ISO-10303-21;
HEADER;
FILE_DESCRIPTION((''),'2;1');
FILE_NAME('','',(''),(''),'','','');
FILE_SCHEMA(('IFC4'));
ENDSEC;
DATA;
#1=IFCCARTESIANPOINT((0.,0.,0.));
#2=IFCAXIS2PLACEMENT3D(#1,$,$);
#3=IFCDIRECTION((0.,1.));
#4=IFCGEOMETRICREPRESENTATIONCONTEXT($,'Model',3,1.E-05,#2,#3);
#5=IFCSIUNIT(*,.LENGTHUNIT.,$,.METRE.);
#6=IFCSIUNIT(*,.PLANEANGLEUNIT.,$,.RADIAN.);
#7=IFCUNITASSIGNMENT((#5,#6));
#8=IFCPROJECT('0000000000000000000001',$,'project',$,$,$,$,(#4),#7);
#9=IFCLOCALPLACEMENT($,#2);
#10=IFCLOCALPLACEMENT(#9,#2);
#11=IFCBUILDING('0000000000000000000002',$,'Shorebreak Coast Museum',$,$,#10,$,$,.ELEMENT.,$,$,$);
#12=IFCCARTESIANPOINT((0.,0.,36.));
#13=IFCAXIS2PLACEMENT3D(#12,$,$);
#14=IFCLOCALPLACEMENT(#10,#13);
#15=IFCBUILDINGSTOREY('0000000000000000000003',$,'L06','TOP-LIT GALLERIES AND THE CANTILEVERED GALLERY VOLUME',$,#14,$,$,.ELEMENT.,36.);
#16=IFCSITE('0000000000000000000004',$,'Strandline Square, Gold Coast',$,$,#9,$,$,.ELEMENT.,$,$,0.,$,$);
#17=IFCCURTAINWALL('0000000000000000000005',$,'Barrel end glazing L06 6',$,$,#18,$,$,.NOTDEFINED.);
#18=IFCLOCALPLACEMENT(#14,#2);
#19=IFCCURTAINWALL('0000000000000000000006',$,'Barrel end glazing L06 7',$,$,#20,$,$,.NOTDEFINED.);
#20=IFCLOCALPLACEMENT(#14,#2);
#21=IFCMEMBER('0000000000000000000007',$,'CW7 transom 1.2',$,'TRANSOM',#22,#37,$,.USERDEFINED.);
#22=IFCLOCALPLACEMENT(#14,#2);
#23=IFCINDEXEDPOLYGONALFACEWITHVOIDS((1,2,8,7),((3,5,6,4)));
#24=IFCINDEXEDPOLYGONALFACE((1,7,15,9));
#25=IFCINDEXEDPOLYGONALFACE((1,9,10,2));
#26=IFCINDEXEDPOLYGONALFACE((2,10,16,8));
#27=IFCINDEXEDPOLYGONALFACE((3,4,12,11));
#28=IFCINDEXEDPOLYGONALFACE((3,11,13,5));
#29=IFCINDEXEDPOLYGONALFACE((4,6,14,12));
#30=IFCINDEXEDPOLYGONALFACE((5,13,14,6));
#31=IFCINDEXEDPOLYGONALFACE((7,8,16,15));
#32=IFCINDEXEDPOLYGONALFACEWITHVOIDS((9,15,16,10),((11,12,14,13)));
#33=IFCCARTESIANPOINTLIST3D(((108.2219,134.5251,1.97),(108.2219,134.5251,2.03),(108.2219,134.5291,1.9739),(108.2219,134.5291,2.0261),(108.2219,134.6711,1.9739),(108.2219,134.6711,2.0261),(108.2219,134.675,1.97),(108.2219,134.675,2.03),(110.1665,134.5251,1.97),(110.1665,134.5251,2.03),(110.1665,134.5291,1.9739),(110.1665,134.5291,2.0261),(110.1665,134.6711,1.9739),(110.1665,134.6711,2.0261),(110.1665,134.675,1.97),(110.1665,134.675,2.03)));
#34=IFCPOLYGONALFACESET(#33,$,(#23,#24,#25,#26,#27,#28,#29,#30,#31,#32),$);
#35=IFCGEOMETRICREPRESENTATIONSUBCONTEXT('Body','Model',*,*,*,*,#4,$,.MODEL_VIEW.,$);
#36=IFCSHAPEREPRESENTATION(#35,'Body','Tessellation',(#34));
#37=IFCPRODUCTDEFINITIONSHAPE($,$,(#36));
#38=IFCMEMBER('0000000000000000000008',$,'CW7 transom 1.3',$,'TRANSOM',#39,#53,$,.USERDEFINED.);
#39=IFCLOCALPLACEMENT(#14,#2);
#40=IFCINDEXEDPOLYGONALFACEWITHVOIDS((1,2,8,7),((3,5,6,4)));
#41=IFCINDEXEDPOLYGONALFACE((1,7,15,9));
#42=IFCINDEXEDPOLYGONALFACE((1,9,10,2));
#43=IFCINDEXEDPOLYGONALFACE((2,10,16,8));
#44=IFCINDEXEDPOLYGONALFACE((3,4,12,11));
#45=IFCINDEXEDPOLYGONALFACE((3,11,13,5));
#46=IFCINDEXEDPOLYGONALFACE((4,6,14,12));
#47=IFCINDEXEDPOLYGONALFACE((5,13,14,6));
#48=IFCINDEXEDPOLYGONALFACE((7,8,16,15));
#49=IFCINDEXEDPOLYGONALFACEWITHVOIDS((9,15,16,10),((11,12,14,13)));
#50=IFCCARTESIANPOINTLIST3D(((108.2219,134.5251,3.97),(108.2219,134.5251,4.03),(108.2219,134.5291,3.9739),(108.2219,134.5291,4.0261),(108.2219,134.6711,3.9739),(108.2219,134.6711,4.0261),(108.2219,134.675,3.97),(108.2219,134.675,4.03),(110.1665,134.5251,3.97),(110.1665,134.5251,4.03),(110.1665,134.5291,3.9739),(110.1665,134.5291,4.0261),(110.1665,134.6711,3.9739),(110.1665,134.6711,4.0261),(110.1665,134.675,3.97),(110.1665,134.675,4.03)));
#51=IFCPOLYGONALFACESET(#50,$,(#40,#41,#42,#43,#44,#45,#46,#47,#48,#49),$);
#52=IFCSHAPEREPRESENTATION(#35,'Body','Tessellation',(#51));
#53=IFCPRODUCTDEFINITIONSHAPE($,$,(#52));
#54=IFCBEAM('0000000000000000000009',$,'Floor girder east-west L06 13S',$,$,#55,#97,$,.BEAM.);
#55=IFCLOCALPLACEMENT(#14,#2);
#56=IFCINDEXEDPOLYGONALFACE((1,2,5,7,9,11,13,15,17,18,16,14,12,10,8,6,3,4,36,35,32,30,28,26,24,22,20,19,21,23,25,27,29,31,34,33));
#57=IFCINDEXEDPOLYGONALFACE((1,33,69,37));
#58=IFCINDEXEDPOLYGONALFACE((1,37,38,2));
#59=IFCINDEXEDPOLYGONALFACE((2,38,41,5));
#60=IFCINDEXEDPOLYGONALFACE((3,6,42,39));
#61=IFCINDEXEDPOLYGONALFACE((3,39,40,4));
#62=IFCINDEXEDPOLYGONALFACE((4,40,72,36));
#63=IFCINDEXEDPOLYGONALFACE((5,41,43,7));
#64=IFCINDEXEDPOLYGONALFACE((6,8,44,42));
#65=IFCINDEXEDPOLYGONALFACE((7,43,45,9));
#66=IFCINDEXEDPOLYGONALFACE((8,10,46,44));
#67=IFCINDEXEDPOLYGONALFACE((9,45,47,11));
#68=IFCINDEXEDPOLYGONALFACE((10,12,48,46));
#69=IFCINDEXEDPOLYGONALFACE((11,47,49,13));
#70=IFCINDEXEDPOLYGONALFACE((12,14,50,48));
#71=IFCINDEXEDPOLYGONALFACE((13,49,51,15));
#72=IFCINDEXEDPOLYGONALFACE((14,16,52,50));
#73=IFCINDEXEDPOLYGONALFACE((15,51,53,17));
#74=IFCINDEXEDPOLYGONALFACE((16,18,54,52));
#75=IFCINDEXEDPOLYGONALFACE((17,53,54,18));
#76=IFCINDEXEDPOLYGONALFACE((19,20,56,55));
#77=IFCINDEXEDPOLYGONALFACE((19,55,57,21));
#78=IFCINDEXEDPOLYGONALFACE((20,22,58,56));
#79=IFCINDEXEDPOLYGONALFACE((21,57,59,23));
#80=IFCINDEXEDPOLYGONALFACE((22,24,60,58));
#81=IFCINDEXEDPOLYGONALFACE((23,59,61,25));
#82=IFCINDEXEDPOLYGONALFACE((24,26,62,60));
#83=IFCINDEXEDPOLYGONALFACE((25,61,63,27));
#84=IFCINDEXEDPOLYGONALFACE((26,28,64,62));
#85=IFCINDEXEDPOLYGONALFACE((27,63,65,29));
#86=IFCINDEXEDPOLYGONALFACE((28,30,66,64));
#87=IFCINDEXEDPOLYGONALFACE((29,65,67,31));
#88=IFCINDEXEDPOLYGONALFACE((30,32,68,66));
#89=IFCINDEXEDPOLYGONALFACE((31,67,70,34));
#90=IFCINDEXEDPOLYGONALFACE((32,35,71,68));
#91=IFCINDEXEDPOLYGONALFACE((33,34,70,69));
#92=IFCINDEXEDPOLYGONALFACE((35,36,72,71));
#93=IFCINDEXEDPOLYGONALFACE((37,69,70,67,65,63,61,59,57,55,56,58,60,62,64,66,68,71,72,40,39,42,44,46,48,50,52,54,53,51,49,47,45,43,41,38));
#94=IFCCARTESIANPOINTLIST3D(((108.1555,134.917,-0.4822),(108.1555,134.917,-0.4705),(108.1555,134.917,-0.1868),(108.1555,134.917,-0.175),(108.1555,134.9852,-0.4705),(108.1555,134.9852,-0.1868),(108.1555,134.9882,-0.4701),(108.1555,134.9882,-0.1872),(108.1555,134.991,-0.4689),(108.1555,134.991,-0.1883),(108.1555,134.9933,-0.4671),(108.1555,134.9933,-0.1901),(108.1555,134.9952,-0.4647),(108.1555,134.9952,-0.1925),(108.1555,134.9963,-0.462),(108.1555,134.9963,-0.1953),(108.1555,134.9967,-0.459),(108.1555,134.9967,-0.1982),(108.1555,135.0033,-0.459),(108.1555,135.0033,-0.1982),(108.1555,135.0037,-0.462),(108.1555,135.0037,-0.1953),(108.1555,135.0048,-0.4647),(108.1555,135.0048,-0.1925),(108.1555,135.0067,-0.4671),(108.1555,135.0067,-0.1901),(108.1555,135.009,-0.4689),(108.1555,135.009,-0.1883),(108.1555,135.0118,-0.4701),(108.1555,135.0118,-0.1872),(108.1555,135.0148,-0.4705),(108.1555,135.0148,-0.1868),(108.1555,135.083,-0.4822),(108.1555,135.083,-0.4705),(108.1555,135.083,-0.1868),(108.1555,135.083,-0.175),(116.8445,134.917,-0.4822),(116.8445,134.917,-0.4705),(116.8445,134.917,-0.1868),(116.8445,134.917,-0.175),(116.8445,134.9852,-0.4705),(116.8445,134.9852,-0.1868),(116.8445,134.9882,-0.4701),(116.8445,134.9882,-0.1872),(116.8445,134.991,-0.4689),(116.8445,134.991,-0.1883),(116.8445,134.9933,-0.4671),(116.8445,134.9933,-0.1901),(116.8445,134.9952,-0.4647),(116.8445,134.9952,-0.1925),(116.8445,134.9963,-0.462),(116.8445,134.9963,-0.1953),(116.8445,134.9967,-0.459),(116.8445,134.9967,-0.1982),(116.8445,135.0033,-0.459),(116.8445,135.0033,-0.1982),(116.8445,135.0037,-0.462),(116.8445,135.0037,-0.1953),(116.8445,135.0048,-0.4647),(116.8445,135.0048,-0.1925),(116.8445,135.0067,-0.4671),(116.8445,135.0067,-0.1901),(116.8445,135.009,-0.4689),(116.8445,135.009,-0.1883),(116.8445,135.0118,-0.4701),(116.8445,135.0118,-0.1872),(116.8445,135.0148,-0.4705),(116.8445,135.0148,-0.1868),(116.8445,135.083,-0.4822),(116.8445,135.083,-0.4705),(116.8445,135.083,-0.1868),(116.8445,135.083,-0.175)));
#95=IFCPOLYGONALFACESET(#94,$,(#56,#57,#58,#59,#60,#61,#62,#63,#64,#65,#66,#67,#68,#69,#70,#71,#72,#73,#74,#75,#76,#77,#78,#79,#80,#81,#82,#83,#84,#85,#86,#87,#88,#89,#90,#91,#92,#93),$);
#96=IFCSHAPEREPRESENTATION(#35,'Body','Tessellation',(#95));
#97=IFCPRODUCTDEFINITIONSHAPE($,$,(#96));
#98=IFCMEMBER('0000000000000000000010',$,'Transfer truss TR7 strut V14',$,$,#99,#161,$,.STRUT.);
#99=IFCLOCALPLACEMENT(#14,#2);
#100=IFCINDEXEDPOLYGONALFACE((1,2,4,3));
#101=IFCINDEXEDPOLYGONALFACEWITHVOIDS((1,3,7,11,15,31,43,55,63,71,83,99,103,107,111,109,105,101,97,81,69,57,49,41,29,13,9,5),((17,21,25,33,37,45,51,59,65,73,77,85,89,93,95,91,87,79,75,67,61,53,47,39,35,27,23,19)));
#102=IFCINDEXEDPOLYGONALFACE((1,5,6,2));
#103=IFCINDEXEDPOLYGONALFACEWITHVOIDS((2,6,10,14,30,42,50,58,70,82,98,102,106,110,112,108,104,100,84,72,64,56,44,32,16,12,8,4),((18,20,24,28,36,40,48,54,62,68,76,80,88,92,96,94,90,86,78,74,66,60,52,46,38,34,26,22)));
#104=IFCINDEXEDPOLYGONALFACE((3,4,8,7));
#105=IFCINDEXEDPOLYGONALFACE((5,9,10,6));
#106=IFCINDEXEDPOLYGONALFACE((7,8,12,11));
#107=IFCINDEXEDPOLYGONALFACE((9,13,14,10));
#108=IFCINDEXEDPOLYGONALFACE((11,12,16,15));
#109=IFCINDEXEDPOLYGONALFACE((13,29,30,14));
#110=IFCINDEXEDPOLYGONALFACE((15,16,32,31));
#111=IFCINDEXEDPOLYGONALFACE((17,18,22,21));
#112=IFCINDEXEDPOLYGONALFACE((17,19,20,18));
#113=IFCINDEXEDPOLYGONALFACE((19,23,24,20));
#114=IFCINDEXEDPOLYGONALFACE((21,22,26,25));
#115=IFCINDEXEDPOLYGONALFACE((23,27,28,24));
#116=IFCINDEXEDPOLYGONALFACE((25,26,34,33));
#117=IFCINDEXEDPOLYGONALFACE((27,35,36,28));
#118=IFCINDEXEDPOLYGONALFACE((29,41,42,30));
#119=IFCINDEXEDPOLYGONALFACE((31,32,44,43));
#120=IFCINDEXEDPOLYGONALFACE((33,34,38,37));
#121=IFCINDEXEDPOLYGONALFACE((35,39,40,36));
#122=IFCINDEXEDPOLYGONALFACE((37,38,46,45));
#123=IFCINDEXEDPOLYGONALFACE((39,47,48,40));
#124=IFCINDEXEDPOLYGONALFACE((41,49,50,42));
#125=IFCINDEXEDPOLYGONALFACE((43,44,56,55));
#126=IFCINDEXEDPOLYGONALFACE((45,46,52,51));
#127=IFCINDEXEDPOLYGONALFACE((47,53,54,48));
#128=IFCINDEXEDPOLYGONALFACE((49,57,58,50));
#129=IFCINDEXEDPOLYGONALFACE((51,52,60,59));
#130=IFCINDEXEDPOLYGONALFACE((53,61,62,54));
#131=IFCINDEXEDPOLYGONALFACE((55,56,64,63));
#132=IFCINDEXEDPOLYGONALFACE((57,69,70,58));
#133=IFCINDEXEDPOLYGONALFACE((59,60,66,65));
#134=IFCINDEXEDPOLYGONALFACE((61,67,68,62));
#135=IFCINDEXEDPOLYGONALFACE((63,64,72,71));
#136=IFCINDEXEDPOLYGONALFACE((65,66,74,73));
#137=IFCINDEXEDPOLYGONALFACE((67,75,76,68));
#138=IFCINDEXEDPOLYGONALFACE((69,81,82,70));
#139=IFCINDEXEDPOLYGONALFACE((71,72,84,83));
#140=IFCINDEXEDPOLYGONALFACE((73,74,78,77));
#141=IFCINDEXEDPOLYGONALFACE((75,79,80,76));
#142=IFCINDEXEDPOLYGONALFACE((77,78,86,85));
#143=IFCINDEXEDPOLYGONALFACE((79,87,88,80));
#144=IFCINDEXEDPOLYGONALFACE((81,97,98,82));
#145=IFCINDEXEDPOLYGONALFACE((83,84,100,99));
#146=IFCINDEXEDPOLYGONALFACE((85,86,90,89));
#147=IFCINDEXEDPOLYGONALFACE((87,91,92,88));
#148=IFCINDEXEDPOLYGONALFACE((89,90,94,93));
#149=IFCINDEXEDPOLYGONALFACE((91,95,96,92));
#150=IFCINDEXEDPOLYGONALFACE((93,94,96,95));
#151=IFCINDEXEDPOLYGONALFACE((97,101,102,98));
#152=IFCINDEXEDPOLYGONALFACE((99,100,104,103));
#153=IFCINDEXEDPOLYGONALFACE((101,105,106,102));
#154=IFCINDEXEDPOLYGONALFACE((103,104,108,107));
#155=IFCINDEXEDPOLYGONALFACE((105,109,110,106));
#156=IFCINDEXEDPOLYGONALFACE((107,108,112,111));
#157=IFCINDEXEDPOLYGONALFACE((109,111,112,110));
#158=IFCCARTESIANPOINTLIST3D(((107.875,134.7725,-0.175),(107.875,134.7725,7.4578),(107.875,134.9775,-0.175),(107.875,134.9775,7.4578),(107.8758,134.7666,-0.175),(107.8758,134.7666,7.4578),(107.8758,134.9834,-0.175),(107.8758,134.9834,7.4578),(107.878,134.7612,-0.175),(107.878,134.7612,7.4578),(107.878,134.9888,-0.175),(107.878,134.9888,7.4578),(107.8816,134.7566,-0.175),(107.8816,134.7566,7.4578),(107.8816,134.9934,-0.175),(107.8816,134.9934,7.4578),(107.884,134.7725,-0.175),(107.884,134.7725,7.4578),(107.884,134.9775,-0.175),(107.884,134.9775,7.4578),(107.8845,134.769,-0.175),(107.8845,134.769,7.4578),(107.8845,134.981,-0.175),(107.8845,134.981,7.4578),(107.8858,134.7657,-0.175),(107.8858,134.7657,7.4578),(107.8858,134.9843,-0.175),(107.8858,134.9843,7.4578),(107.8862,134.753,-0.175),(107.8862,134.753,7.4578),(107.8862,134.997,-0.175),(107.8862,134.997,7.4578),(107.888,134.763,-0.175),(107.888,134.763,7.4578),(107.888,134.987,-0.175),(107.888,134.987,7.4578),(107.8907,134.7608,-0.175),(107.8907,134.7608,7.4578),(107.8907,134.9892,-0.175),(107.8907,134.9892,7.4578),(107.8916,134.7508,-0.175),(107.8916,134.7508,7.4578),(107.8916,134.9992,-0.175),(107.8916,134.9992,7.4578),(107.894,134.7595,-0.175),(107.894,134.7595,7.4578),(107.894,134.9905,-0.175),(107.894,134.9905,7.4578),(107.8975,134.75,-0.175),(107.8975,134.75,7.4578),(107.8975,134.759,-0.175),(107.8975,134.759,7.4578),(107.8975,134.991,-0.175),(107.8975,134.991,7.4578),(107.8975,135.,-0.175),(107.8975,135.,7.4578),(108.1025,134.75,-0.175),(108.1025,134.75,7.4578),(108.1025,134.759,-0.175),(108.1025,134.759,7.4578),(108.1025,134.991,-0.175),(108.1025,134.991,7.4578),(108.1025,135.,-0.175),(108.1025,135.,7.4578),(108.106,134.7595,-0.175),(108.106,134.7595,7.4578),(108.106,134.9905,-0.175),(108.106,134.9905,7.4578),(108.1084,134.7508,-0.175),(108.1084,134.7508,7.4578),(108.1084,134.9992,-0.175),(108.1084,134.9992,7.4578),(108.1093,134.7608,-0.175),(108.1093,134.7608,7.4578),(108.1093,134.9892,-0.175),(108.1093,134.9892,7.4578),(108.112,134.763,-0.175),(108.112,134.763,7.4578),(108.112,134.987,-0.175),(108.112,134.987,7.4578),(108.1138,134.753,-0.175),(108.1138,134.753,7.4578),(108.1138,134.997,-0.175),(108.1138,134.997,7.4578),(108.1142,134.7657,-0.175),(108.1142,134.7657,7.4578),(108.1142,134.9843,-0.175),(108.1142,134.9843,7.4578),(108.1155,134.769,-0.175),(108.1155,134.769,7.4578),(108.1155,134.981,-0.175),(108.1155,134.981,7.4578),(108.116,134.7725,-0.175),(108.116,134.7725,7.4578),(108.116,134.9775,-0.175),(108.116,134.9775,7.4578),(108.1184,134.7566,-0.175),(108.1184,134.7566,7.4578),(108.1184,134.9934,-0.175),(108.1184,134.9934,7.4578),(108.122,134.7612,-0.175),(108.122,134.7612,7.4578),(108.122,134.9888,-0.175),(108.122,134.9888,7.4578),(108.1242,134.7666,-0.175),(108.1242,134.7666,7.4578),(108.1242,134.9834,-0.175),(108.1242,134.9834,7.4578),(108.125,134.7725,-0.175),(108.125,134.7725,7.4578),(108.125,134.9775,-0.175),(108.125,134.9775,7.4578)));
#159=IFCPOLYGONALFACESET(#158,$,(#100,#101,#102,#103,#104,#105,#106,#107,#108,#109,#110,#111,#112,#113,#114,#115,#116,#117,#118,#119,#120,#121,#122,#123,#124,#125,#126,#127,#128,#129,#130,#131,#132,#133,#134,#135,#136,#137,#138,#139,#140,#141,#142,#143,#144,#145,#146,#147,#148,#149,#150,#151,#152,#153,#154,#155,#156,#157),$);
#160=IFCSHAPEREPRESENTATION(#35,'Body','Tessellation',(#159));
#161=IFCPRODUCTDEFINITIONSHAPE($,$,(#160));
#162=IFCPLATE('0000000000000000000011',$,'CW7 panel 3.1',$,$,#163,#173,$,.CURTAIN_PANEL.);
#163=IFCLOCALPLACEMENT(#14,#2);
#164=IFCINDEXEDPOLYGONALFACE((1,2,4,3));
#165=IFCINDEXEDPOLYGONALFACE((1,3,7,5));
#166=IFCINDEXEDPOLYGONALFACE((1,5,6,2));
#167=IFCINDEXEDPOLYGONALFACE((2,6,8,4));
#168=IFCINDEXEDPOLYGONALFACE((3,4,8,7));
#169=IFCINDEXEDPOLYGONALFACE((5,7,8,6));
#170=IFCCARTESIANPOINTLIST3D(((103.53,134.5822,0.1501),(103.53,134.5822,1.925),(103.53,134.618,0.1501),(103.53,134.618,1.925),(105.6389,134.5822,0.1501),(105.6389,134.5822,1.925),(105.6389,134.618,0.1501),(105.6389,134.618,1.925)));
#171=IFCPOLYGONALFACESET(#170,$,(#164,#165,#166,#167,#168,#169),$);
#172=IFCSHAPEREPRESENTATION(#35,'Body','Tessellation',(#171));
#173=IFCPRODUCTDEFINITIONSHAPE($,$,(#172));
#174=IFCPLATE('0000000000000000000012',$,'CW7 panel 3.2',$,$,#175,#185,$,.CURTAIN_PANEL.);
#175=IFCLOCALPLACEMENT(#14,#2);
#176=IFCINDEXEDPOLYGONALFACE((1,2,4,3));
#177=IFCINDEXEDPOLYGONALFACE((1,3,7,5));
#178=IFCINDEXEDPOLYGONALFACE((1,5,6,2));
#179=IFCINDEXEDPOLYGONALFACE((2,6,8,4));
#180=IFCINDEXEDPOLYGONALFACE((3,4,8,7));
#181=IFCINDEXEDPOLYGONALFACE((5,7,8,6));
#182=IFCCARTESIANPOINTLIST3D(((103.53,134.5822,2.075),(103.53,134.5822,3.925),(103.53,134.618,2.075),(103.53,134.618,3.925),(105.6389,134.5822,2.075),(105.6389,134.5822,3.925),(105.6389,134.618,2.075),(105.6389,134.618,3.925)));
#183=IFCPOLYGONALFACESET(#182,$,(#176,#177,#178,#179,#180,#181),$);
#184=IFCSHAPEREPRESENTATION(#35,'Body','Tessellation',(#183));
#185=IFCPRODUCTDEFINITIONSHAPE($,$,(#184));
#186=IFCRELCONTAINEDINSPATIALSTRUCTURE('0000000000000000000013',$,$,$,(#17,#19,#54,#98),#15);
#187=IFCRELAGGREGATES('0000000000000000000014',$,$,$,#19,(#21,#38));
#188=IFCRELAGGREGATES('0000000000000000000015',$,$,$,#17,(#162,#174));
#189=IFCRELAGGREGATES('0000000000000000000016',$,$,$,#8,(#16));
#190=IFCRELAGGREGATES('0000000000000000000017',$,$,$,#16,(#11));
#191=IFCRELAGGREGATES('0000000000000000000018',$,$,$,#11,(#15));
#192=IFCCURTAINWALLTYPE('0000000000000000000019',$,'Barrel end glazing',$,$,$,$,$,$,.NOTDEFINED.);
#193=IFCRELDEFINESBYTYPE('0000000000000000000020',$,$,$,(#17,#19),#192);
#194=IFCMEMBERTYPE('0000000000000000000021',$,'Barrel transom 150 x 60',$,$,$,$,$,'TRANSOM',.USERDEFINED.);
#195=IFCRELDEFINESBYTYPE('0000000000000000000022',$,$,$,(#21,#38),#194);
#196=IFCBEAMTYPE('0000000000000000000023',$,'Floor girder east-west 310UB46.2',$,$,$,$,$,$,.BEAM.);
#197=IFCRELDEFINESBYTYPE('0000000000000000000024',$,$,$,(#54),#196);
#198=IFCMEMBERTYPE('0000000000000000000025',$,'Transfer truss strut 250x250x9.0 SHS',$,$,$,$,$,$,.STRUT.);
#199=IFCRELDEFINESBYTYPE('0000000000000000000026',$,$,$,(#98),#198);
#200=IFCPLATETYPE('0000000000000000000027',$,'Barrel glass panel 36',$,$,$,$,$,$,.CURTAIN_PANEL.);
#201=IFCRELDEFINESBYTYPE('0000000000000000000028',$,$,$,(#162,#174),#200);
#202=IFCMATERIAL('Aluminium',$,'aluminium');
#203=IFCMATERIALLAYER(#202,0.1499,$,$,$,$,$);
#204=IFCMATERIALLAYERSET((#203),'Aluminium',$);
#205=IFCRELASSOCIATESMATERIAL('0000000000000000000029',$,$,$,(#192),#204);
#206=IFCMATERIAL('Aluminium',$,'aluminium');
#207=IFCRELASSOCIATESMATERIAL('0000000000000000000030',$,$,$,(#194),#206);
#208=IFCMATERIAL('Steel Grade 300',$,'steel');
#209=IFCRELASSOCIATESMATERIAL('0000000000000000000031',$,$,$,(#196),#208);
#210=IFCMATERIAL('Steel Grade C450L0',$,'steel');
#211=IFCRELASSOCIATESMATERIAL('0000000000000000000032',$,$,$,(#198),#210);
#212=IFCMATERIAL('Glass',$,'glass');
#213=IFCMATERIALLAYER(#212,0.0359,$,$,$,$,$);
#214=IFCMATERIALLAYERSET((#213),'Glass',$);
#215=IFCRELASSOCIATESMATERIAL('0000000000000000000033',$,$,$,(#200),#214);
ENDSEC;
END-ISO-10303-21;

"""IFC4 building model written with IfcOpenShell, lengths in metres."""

from ifc_helpers import new_model, si_unit, direction, frame, origin, origin_2d, place, context, subcontext, project, spatial, rectangle, hollow_rectangle, i_section, extrude, material, layer, layer_set, material_profile, profile_set, type_object, element, aggregate, save


model = new_model("IFC4")

# Units and contexts
model_context = context("Model", 3, precision=1e-05, world=origin(), true_north=direction((0.0, 1.0)))
body_context = subcontext(model_context, "Body", "Model", "MODEL_VIEW")
ifc_project = project(units=[si_unit("LENGTHUNIT", "METRE"), si_unit("PLANEANGLEUNIT", "RADIAN")], contexts=[model_context])

# Site, building, storey
site_placement = place(None, origin())
site = spatial("IfcSite", under=ifc_project, at=site_placement, Name="Strandline Square, Gold Coast", CompositionType="ELEMENT", RefElevation=0.0)
building_placement = place(site_placement, origin())
building = spatial("IfcBuilding", under=site, at=building_placement, Name="Shorebreak Coast Museum", CompositionType="ELEMENT")
storey_placement = place(building_placement, frame((0.0, 0.0, 36.0)))
storey = spatial("IfcBuildingStorey", under=building, at=storey_placement, Name="L06", Description="TOP-LIT GALLERIES AND THE CANTILEVERED GALLERY VOLUME", CompositionType="ELEMENT", Elevation=36.0)

# Curtain wall
ifc_material_1 = material(Name="Aluminium", Category="aluminium")
ifc_layer_1 = layer(ifc_material_1, 0.1499)
ifc_layer_set_1 = layer_set([ifc_layer_1], Name="Aluminium")
curtain_wall_type = type_object("IfcCurtainWallType", Name="Barrel end glazing", PredefinedType="NOTDEFINED", material=ifc_layer_set_1)
curtain_wall_1_placement = place(storey_placement, origin())
curtain_wall_1 = element("IfcCurtainWall", 1, at=curtain_wall_1_placement, inside=storey, type_object=curtain_wall_type, Name="Barrel end glazing L06 6", PredefinedType="NOTDEFINED")

# Curtain wall
curtain_wall_2_placement = place(storey_placement, origin())
curtain_wall_2 = element("IfcCurtainWall", 2, at=curtain_wall_2_placement, inside=storey, type_object=curtain_wall_type, Name="Barrel end glazing L06 7", PredefinedType="NOTDEFINED")

# Members
ifc_material_2 = material(Name="Aluminium", Category="aluminium")
ifc_material_profile_1 = material_profile(ifc_material_2, hollow_rectangle(XDim=0.1499, YDim=0.0601, WallThickness=0.0039, at=origin_2d()), Name="AL 60x150 RHS")
ifc_profile_set_1 = profile_set([ifc_material_profile_1], Name="Aluminium")
member_type_1 = type_object("IfcMemberType", Name="Barrel transom 150 x 60", ElementType="TRANSOM", PredefinedType="USERDEFINED", material=ifc_profile_set_1)
member_1_placement = place(storey_placement, frame((108.2219, 134.6001, 2.0), z_axis=(1.0, 0.0, 0.0), x_axis=(0.0, 1.0, 0.0)))
member_1 = element("IfcMember", 3, at=member_1_placement, type_object=member_type_1, Name="CW7 transom 1.2", ObjectType="TRANSOM", PredefinedType="USERDEFINED", context=body_context, shape_type="SweptSolid", body=[
    extrude(hollow_rectangle(XDim=0.1499, YDim=0.0601, WallThickness=0.0039, at=origin_2d()), origin(), (0.0, 0.0, 1.0), 1.9446),
])
member_2_placement = place(storey_placement, frame((108.2219, 134.6001, 4.0), z_axis=(1.0, 0.0, 0.0), x_axis=(0.0, 1.0, 0.0)))
member_2 = element("IfcMember", 4, at=member_2_placement, type_object=member_type_1, Name="CW7 transom 1.3", ObjectType="TRANSOM", PredefinedType="USERDEFINED", context=body_context, shape_type="SweptSolid", body=[
    extrude(hollow_rectangle(XDim=0.1499, YDim=0.0601, WallThickness=0.0039, at=origin_2d()), origin(), (0.0, 0.0, 1.0), 1.9446),
])
aggregate(curtain_wall_2, [member_1, member_2])

# Beam
ifc_material_3 = material(Name="Steel Grade 300", Category="steel")
ifc_material_profile_2 = material_profile(ifc_material_3, i_section(OverallWidth=0.166, OverallDepth=0.3071, WebThickness=0.0066, FlangeThickness=0.0117, FilletRadius=0.0115, at=origin_2d()), Name="310UB46.2")
ifc_profile_set_2 = profile_set([ifc_material_profile_2], Name="Steel Grade 300")
beam_type = type_object("IfcBeamType", Name="Floor girder east-west 310UB46.2", PredefinedType="BEAM", material=ifc_profile_set_2)
beam_placement = place(storey_placement, frame((108.1555, 135.0, -0.3286), z_axis=(1.0, 0.0, 0.0), x_axis=(0.0, 1.0, 0.0)))
element("IfcBeam", 5, at=beam_placement, inside=storey, type_object=beam_type, Name="Floor girder east-west L06 13S", PredefinedType="BEAM", context=body_context, shape_type="SweptSolid", body=[
    extrude(i_section(OverallWidth=0.166, OverallDepth=0.3071, WebThickness=0.0066, FlangeThickness=0.0117, FilletRadius=0.0115, at=origin_2d()), origin(), (0.0, 0.0, 1.0), 8.689),
])

# Member
ifc_material_4 = material(Name="Steel Grade C450L0", Category="steel")
ifc_material_profile_3 = material_profile(ifc_material_4, hollow_rectangle(XDim=0.25, YDim=0.25, WallThickness=0.009, InnerFilletRadius=0.0134, OuterFilletRadius=0.0225, at=origin_2d()), Name="250x250x9.0 SHS")
ifc_profile_set_3 = profile_set([ifc_material_profile_3], Name="Steel Grade C450L0")
member_type_2 = type_object("IfcMemberType", Name="Transfer truss strut 250x250x9.0 SHS", PredefinedType="STRUT", material=ifc_profile_set_3)
member_3_placement = place(storey_placement, frame((108.0, 134.875, -0.175), z_axis=(0.0, 0.0, 1.0), x_axis=(1.0, 0.0, 0.0)))
element("IfcMember", 6, at=member_3_placement, inside=storey, type_object=member_type_2, Name="Transfer truss TR7 strut V14", PredefinedType="STRUT", context=body_context, shape_type="SweptSolid", body=[
    extrude(hollow_rectangle(XDim=0.25, YDim=0.25, WallThickness=0.009, InnerFilletRadius=0.0134, OuterFilletRadius=0.0225, at=origin_2d()), origin(), (0.0, 0.0, 1.0), 7.6328),
])

# Plates
ifc_material_5 = material(Name="Glass", Category="glass")
ifc_layer_2 = layer(ifc_material_5, 0.0359)
ifc_layer_set_2 = layer_set([ifc_layer_2], Name="Glass")
plate_type = type_object("IfcPlateType", Name="Barrel glass panel 36", PredefinedType="CURTAIN_PANEL", material=ifc_layer_set_2)
plate_1_placement = place(storey_placement, frame((104.5845, 134.6001, 0.1501), z_axis=(0.0, 0.0, 1.0), x_axis=(1.0, 0.0, 0.0)))
plate_1 = element("IfcPlate", 7, at=plate_1_placement, type_object=plate_type, Name="CW7 panel 3.1", PredefinedType="CURTAIN_PANEL", context=body_context, shape_type="SweptSolid", body=[
    extrude(rectangle(XDim=2.1089, YDim=0.0359, at=origin_2d()), origin(), (0.0, 0.0, 1.0), 1.7749),
])
plate_2_placement = place(storey_placement, frame((104.5845, 134.6001, 2.075), z_axis=(0.0, 0.0, 1.0), x_axis=(1.0, 0.0, 0.0)))
plate_2 = element("IfcPlate", 8, at=plate_2_placement, type_object=plate_type, Name="CW7 panel 3.2", PredefinedType="CURTAIN_PANEL", context=body_context, shape_type="SweptSolid", body=[
    extrude(rectangle(XDim=2.1089, YDim=0.0359, at=origin_2d()), origin(), (0.0, 0.0, 1.0), 1.8501),
])
aggregate(curtain_wall_1, [plate_1, plate_2])

save(model, "model.ifc")
